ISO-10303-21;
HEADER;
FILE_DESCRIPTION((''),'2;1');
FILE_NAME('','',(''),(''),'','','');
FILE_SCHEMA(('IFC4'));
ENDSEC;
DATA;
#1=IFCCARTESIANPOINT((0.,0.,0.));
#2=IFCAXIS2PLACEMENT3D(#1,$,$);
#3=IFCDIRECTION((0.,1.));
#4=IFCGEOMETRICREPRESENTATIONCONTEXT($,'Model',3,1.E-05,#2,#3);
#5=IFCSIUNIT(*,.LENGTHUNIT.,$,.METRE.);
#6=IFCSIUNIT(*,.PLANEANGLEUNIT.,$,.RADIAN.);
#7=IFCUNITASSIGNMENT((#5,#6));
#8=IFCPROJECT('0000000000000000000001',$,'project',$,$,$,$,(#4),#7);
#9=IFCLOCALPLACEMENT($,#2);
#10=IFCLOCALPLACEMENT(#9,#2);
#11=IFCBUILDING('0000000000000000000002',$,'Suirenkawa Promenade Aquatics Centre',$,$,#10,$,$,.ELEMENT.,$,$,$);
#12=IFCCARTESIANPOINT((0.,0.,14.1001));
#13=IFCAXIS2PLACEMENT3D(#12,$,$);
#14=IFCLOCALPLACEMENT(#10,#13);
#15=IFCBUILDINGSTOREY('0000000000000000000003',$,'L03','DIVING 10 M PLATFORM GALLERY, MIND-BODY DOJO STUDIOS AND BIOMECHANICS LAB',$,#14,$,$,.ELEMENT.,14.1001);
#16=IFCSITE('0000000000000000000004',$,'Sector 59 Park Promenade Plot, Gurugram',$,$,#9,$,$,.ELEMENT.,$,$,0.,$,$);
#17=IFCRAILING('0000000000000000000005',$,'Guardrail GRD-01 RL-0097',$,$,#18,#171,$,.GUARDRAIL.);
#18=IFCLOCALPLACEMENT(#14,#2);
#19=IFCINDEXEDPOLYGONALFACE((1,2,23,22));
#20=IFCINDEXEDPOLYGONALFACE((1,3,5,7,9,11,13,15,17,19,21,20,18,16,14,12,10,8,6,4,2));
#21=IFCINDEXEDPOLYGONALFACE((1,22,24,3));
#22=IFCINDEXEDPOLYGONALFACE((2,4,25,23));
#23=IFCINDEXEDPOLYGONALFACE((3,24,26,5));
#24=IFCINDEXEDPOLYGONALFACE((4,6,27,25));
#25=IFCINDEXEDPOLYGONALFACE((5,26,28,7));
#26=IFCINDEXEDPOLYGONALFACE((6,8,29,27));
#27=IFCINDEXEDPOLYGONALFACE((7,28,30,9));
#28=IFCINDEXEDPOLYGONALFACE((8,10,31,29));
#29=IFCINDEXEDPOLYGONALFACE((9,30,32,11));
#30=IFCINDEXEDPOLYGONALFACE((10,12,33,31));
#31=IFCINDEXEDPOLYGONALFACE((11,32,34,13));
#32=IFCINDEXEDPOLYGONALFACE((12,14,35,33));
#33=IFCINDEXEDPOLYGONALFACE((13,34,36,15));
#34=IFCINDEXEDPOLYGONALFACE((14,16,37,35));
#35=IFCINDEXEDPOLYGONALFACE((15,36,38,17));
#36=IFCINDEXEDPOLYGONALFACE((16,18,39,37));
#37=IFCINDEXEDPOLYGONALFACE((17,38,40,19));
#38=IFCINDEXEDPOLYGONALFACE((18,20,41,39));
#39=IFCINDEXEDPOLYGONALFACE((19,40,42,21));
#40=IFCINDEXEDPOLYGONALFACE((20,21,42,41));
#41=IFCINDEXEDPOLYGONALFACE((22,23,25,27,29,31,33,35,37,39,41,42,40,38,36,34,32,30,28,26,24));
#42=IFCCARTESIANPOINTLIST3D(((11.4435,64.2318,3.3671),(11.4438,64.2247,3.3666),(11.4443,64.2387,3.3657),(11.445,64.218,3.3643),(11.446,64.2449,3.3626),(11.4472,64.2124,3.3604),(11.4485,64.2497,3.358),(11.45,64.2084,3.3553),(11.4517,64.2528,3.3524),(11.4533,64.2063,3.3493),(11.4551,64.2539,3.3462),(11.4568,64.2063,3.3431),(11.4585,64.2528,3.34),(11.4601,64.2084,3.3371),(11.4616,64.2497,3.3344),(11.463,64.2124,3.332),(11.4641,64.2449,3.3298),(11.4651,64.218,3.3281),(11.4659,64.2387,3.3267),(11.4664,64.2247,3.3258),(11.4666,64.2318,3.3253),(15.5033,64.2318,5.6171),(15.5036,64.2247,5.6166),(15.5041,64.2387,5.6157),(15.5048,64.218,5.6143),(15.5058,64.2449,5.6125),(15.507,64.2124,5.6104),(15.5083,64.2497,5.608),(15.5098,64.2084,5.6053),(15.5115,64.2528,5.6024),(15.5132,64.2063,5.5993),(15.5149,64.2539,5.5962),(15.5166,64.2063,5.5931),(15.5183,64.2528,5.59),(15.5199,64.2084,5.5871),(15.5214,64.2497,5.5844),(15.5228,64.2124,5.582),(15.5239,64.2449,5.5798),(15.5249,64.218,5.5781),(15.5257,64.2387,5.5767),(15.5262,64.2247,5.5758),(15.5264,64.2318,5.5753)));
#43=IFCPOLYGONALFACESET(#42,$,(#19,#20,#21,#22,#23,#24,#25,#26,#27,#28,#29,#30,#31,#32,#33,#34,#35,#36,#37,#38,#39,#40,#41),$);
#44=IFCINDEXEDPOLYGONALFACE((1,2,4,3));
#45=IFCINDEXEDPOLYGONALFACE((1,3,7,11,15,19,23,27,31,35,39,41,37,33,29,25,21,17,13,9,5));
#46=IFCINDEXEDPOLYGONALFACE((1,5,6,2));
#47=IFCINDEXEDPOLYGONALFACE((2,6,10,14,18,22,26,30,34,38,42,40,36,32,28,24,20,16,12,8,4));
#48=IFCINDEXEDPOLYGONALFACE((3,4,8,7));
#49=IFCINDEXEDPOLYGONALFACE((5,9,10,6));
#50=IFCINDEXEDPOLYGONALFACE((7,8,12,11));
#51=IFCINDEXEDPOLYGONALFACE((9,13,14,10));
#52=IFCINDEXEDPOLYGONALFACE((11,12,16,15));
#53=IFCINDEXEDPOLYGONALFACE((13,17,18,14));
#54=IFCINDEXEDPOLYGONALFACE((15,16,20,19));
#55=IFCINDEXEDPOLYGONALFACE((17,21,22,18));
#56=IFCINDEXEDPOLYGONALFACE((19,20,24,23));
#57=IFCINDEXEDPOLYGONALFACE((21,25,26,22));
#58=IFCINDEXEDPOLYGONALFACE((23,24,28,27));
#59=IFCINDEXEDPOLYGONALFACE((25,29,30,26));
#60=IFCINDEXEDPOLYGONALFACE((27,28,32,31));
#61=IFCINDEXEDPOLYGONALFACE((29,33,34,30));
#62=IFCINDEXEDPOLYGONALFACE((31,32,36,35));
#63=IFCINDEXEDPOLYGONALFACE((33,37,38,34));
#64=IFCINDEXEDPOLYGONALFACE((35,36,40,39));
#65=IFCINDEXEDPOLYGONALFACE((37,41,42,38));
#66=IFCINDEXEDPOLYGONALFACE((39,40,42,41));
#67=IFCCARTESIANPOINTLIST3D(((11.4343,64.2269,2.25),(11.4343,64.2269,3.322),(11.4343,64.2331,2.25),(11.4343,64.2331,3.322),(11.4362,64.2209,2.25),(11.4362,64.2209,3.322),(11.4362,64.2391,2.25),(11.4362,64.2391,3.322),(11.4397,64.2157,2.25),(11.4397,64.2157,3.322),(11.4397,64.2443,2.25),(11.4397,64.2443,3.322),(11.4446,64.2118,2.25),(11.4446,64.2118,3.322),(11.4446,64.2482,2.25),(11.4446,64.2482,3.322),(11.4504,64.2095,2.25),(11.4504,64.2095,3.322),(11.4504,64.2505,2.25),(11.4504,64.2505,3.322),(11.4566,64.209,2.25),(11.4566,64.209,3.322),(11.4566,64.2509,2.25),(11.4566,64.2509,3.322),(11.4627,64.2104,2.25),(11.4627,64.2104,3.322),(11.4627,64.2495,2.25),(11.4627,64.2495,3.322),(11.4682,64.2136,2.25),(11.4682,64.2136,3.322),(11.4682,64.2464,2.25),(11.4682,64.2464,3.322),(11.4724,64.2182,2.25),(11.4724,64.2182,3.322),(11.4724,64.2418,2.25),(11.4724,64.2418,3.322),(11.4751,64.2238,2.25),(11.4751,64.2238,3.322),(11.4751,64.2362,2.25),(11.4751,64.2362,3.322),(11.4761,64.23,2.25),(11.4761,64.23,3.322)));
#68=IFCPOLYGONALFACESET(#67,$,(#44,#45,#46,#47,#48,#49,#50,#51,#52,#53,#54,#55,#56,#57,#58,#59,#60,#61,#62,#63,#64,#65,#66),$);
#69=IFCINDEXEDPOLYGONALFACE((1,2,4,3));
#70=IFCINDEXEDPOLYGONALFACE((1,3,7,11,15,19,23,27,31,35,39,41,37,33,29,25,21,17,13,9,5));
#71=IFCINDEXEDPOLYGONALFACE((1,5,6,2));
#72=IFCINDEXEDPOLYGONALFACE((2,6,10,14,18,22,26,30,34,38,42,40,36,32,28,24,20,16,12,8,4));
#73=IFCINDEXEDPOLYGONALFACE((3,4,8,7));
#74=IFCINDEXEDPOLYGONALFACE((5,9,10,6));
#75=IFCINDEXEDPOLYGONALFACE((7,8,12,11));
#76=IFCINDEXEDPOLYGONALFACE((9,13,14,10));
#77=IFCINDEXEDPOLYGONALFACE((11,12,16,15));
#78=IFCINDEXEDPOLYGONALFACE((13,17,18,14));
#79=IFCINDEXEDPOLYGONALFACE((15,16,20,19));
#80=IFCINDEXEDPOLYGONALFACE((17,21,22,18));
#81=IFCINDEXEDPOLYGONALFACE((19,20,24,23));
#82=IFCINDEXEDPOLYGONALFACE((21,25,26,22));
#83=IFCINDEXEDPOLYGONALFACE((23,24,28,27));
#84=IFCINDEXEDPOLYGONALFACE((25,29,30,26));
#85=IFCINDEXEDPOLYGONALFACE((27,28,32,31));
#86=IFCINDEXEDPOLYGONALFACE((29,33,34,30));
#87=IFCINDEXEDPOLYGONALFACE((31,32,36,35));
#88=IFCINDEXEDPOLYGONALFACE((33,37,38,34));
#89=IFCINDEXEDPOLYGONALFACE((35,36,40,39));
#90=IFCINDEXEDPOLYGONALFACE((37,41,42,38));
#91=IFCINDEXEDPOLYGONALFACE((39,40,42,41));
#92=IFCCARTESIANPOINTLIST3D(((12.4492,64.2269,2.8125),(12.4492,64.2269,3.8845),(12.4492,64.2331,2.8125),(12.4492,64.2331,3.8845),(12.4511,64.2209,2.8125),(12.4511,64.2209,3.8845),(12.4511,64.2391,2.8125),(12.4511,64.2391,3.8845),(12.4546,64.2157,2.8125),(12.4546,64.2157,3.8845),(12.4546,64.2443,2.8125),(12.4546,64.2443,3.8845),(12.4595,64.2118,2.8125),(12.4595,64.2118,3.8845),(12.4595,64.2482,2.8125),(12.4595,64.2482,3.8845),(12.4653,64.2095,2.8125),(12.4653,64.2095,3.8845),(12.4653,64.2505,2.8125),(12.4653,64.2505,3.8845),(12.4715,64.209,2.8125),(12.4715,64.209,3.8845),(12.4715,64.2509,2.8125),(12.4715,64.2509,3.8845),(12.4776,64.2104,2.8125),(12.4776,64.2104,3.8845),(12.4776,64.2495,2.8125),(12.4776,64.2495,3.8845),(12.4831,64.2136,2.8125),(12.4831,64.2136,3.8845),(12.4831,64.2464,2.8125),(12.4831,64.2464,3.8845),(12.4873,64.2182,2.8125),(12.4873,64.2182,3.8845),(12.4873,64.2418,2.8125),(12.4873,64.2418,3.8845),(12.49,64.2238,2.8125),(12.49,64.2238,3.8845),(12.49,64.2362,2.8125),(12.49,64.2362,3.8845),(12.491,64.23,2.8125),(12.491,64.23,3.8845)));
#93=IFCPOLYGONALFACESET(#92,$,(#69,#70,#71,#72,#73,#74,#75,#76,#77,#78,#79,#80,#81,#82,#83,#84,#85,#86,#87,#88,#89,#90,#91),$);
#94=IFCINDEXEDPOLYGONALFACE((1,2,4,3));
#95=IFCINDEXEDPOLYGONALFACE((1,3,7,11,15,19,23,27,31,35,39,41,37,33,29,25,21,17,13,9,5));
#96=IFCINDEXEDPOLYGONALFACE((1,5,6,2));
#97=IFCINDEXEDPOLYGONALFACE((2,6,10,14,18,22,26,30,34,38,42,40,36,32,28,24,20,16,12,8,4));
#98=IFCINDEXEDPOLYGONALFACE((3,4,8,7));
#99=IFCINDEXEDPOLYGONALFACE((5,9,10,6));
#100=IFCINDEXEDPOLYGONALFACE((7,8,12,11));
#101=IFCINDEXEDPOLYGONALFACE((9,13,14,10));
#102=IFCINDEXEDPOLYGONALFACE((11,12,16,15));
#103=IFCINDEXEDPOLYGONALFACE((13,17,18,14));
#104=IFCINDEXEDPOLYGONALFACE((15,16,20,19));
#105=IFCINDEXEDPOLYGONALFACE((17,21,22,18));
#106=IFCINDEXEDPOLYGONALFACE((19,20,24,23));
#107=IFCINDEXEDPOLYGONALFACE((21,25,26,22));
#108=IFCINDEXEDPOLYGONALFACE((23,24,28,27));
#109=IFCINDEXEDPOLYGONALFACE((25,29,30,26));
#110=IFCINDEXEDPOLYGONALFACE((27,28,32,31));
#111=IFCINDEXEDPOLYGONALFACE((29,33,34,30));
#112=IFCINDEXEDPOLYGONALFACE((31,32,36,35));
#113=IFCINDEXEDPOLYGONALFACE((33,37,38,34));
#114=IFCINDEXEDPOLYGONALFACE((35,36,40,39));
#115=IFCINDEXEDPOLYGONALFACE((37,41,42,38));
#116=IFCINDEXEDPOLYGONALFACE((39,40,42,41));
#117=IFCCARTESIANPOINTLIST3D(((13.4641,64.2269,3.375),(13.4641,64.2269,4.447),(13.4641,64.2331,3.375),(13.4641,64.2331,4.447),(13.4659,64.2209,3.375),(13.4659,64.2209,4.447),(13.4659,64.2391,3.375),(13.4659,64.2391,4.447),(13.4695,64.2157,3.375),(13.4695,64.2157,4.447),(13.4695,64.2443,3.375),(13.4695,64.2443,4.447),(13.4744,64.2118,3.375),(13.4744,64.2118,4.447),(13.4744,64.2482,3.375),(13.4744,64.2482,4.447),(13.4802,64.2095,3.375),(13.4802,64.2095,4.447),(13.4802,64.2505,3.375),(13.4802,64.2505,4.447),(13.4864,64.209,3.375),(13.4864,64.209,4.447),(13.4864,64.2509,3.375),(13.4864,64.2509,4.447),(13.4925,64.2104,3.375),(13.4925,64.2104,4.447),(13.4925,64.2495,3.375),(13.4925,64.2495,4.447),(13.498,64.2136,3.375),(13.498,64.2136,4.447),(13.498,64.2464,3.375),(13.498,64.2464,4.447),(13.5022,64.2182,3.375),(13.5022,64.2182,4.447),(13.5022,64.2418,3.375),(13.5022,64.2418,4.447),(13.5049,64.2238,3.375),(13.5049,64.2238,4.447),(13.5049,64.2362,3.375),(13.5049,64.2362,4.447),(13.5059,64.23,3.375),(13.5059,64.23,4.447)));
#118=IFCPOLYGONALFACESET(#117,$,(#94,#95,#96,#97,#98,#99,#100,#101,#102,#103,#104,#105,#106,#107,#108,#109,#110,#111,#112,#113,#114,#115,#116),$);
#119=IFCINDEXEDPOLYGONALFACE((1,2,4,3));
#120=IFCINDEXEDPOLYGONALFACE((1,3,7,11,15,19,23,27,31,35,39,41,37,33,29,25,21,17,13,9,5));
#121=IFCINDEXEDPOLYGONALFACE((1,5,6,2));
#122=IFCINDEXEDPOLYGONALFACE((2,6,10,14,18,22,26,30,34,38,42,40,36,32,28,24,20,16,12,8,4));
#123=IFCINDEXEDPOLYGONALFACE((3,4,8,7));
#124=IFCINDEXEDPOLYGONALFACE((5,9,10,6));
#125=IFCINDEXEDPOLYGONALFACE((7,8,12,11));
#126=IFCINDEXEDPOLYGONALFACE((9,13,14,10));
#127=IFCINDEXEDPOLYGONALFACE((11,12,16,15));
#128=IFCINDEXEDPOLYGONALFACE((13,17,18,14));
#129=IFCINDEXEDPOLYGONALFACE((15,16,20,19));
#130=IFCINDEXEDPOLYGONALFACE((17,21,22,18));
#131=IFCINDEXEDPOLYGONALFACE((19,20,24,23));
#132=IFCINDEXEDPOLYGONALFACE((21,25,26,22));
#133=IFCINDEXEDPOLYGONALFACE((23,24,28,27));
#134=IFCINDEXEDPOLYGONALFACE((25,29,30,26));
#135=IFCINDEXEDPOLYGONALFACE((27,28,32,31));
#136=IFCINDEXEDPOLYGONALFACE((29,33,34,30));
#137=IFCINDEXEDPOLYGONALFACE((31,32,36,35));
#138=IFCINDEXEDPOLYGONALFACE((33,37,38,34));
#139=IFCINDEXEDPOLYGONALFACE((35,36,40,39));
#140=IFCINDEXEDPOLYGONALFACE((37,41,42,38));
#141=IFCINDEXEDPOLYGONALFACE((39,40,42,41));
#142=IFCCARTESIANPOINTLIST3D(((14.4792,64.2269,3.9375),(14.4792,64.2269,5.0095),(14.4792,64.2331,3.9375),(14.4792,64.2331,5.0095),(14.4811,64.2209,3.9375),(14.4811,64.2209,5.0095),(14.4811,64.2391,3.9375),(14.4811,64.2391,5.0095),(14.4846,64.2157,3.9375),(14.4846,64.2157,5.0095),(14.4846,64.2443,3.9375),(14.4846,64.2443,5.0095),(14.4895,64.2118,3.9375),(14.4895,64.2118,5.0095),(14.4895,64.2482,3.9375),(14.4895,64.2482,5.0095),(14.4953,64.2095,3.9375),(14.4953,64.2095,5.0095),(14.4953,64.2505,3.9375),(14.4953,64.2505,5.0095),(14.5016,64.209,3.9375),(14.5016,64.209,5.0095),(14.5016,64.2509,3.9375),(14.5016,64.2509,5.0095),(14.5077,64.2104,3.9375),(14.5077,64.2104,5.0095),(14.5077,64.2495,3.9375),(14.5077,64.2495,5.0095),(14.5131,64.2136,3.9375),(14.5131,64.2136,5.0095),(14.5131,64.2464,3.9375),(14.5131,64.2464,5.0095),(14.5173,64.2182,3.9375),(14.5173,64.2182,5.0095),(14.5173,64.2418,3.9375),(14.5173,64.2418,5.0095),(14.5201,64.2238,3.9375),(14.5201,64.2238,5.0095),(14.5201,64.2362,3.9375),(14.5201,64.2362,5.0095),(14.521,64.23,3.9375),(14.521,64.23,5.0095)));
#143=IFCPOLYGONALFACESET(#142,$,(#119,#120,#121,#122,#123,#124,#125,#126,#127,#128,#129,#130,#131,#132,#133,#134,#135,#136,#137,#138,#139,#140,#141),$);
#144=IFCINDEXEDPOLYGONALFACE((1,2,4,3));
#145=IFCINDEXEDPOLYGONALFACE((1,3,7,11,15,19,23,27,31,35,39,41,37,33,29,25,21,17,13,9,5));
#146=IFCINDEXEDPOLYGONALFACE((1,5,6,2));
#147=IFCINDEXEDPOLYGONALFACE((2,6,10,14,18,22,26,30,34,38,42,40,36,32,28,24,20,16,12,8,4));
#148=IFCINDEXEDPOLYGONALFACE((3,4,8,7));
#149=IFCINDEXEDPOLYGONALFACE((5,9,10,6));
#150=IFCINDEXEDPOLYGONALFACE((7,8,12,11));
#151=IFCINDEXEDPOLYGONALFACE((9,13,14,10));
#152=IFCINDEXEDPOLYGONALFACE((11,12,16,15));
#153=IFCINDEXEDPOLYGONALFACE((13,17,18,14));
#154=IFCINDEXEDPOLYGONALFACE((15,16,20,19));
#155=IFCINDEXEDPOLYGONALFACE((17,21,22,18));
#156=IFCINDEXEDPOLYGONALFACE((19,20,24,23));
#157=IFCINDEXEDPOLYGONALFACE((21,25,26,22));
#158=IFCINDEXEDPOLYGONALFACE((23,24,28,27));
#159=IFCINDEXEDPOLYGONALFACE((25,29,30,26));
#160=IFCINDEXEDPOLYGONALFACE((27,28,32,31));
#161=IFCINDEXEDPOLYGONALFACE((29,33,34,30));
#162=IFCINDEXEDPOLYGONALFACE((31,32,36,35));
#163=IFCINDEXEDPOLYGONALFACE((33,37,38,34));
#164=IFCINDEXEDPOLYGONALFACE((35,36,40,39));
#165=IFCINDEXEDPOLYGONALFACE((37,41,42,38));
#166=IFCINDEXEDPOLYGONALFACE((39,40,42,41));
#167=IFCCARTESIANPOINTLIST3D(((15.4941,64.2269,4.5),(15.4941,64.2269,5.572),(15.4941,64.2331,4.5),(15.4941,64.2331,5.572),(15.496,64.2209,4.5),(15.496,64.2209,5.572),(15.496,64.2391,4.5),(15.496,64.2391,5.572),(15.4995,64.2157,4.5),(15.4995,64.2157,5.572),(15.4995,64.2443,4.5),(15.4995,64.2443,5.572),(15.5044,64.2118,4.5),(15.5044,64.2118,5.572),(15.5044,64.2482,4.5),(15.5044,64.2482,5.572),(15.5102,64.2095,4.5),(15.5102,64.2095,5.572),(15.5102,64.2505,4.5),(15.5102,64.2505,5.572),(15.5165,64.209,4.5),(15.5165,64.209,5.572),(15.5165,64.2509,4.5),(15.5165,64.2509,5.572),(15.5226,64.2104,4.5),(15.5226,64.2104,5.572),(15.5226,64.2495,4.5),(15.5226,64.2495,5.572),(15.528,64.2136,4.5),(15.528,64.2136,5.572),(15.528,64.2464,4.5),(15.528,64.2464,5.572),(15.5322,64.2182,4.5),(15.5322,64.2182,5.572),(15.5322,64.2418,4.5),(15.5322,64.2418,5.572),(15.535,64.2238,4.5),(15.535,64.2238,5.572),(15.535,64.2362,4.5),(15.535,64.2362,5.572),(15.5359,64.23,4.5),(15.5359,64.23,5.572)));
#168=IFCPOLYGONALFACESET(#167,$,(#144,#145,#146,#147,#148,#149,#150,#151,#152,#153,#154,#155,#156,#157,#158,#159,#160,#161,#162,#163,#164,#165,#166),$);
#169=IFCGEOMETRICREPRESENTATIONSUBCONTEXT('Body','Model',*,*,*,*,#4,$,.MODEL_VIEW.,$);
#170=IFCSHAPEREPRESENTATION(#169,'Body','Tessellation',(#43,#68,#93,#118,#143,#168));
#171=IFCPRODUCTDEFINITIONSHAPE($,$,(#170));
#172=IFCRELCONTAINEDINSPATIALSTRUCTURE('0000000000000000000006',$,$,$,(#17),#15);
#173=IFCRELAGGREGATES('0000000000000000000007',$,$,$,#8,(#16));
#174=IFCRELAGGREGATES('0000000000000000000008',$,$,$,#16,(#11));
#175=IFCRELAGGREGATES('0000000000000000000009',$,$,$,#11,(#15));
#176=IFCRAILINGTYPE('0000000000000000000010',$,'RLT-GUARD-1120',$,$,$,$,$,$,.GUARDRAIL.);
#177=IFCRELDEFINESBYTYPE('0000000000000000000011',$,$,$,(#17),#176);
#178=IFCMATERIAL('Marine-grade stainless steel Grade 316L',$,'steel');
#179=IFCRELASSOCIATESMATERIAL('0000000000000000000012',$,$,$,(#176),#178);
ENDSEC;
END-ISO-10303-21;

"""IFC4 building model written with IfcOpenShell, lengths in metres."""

from ifc_helpers import new_model, si_unit, direction, frame, origin, origin_2d, place, context, subcontext, project, spatial, circle, extrude, material, type_object, element, save


model = new_model("IFC4")

# Units and contexts
model_context = context("Model", 3, precision=1e-05, world=origin(), true_north=direction((0.0, 1.0)))
body_context = subcontext(model_context, "Body", "Model", "MODEL_VIEW")
ifc_project = project(units=[si_unit("LENGTHUNIT", "METRE"), si_unit("PLANEANGLEUNIT", "RADIAN")], contexts=[model_context])

# Site, building, storey
site_placement = place(None, origin())
site = spatial("IfcSite", under=ifc_project, at=site_placement, Name="Sector 59 Park Promenade Plot, Gurugram", CompositionType="ELEMENT", RefElevation=0.0)
building_placement = place(site_placement, origin())
building = spatial("IfcBuilding", under=site, at=building_placement, Name="Suirenkawa Promenade Aquatics Centre", CompositionType="ELEMENT")
storey_placement = place(building_placement, frame((0.0, 0.0, 14.1001)))
storey = spatial("IfcBuildingStorey", under=building, at=storey_placement, Name="L03", Description="DIVING 10 M PLATFORM GALLERY, MIND-BODY DOJO STUDIOS AND BIOMECHANICS LAB", CompositionType="ELEMENT", Elevation=14.1001)

# Railing
ifc_material_1 = material(Name="Marine-grade stainless steel Grade 316L", Category="steel")
railing_type_1 = type_object("IfcRailingType", Name="RLT-GUARD-1120", PredefinedType="GUARDRAIL", material=ifc_material_1)
railing_1_placement = place(storey_placement, frame((11.4551, 64.23, 2.25)))
element("IfcRailing", 1, at=railing_1_placement, inside=storey, type_object=railing_type_1, Name="Guardrail GRD-01 RL-0097", PredefinedType="GUARDRAIL", context=body_context, shape_type="SweptSolid", body=[
    extrude(circle(Radius=0.0239, at=origin_2d()), frame((0.0, 0.0, 1.0962), z_axis=(0.874656, 0.0, 0.484745), x_axis=(0.0, 1.0, 0.0)), (0.0, 0.0, 1.0), 4.6416),
    extrude(circle(Radius=0.021, at=origin_2d()), origin(), (0.0, 0.0, 1.0), 1.072),
    extrude(circle(Radius=0.021, at=origin_2d()), frame((1.0149, 0.0, 0.5625)), (0.0, 0.0, 1.0), 1.072),
    extrude(circle(Radius=0.021, at=origin_2d()), frame((2.0298, 0.0, 1.125)), (0.0, 0.0, 1.0), 1.072),
    extrude(circle(Radius=0.021, at=origin_2d()), frame((3.0449, 0.0, 1.6875)), (0.0, 0.0, 1.0), 1.072),
    extrude(circle(Radius=0.021, at=origin_2d()), frame((4.0598, 0.0, 2.25)), (0.0, 0.0, 1.0), 1.072),
])

save(model, "model.ifc")
